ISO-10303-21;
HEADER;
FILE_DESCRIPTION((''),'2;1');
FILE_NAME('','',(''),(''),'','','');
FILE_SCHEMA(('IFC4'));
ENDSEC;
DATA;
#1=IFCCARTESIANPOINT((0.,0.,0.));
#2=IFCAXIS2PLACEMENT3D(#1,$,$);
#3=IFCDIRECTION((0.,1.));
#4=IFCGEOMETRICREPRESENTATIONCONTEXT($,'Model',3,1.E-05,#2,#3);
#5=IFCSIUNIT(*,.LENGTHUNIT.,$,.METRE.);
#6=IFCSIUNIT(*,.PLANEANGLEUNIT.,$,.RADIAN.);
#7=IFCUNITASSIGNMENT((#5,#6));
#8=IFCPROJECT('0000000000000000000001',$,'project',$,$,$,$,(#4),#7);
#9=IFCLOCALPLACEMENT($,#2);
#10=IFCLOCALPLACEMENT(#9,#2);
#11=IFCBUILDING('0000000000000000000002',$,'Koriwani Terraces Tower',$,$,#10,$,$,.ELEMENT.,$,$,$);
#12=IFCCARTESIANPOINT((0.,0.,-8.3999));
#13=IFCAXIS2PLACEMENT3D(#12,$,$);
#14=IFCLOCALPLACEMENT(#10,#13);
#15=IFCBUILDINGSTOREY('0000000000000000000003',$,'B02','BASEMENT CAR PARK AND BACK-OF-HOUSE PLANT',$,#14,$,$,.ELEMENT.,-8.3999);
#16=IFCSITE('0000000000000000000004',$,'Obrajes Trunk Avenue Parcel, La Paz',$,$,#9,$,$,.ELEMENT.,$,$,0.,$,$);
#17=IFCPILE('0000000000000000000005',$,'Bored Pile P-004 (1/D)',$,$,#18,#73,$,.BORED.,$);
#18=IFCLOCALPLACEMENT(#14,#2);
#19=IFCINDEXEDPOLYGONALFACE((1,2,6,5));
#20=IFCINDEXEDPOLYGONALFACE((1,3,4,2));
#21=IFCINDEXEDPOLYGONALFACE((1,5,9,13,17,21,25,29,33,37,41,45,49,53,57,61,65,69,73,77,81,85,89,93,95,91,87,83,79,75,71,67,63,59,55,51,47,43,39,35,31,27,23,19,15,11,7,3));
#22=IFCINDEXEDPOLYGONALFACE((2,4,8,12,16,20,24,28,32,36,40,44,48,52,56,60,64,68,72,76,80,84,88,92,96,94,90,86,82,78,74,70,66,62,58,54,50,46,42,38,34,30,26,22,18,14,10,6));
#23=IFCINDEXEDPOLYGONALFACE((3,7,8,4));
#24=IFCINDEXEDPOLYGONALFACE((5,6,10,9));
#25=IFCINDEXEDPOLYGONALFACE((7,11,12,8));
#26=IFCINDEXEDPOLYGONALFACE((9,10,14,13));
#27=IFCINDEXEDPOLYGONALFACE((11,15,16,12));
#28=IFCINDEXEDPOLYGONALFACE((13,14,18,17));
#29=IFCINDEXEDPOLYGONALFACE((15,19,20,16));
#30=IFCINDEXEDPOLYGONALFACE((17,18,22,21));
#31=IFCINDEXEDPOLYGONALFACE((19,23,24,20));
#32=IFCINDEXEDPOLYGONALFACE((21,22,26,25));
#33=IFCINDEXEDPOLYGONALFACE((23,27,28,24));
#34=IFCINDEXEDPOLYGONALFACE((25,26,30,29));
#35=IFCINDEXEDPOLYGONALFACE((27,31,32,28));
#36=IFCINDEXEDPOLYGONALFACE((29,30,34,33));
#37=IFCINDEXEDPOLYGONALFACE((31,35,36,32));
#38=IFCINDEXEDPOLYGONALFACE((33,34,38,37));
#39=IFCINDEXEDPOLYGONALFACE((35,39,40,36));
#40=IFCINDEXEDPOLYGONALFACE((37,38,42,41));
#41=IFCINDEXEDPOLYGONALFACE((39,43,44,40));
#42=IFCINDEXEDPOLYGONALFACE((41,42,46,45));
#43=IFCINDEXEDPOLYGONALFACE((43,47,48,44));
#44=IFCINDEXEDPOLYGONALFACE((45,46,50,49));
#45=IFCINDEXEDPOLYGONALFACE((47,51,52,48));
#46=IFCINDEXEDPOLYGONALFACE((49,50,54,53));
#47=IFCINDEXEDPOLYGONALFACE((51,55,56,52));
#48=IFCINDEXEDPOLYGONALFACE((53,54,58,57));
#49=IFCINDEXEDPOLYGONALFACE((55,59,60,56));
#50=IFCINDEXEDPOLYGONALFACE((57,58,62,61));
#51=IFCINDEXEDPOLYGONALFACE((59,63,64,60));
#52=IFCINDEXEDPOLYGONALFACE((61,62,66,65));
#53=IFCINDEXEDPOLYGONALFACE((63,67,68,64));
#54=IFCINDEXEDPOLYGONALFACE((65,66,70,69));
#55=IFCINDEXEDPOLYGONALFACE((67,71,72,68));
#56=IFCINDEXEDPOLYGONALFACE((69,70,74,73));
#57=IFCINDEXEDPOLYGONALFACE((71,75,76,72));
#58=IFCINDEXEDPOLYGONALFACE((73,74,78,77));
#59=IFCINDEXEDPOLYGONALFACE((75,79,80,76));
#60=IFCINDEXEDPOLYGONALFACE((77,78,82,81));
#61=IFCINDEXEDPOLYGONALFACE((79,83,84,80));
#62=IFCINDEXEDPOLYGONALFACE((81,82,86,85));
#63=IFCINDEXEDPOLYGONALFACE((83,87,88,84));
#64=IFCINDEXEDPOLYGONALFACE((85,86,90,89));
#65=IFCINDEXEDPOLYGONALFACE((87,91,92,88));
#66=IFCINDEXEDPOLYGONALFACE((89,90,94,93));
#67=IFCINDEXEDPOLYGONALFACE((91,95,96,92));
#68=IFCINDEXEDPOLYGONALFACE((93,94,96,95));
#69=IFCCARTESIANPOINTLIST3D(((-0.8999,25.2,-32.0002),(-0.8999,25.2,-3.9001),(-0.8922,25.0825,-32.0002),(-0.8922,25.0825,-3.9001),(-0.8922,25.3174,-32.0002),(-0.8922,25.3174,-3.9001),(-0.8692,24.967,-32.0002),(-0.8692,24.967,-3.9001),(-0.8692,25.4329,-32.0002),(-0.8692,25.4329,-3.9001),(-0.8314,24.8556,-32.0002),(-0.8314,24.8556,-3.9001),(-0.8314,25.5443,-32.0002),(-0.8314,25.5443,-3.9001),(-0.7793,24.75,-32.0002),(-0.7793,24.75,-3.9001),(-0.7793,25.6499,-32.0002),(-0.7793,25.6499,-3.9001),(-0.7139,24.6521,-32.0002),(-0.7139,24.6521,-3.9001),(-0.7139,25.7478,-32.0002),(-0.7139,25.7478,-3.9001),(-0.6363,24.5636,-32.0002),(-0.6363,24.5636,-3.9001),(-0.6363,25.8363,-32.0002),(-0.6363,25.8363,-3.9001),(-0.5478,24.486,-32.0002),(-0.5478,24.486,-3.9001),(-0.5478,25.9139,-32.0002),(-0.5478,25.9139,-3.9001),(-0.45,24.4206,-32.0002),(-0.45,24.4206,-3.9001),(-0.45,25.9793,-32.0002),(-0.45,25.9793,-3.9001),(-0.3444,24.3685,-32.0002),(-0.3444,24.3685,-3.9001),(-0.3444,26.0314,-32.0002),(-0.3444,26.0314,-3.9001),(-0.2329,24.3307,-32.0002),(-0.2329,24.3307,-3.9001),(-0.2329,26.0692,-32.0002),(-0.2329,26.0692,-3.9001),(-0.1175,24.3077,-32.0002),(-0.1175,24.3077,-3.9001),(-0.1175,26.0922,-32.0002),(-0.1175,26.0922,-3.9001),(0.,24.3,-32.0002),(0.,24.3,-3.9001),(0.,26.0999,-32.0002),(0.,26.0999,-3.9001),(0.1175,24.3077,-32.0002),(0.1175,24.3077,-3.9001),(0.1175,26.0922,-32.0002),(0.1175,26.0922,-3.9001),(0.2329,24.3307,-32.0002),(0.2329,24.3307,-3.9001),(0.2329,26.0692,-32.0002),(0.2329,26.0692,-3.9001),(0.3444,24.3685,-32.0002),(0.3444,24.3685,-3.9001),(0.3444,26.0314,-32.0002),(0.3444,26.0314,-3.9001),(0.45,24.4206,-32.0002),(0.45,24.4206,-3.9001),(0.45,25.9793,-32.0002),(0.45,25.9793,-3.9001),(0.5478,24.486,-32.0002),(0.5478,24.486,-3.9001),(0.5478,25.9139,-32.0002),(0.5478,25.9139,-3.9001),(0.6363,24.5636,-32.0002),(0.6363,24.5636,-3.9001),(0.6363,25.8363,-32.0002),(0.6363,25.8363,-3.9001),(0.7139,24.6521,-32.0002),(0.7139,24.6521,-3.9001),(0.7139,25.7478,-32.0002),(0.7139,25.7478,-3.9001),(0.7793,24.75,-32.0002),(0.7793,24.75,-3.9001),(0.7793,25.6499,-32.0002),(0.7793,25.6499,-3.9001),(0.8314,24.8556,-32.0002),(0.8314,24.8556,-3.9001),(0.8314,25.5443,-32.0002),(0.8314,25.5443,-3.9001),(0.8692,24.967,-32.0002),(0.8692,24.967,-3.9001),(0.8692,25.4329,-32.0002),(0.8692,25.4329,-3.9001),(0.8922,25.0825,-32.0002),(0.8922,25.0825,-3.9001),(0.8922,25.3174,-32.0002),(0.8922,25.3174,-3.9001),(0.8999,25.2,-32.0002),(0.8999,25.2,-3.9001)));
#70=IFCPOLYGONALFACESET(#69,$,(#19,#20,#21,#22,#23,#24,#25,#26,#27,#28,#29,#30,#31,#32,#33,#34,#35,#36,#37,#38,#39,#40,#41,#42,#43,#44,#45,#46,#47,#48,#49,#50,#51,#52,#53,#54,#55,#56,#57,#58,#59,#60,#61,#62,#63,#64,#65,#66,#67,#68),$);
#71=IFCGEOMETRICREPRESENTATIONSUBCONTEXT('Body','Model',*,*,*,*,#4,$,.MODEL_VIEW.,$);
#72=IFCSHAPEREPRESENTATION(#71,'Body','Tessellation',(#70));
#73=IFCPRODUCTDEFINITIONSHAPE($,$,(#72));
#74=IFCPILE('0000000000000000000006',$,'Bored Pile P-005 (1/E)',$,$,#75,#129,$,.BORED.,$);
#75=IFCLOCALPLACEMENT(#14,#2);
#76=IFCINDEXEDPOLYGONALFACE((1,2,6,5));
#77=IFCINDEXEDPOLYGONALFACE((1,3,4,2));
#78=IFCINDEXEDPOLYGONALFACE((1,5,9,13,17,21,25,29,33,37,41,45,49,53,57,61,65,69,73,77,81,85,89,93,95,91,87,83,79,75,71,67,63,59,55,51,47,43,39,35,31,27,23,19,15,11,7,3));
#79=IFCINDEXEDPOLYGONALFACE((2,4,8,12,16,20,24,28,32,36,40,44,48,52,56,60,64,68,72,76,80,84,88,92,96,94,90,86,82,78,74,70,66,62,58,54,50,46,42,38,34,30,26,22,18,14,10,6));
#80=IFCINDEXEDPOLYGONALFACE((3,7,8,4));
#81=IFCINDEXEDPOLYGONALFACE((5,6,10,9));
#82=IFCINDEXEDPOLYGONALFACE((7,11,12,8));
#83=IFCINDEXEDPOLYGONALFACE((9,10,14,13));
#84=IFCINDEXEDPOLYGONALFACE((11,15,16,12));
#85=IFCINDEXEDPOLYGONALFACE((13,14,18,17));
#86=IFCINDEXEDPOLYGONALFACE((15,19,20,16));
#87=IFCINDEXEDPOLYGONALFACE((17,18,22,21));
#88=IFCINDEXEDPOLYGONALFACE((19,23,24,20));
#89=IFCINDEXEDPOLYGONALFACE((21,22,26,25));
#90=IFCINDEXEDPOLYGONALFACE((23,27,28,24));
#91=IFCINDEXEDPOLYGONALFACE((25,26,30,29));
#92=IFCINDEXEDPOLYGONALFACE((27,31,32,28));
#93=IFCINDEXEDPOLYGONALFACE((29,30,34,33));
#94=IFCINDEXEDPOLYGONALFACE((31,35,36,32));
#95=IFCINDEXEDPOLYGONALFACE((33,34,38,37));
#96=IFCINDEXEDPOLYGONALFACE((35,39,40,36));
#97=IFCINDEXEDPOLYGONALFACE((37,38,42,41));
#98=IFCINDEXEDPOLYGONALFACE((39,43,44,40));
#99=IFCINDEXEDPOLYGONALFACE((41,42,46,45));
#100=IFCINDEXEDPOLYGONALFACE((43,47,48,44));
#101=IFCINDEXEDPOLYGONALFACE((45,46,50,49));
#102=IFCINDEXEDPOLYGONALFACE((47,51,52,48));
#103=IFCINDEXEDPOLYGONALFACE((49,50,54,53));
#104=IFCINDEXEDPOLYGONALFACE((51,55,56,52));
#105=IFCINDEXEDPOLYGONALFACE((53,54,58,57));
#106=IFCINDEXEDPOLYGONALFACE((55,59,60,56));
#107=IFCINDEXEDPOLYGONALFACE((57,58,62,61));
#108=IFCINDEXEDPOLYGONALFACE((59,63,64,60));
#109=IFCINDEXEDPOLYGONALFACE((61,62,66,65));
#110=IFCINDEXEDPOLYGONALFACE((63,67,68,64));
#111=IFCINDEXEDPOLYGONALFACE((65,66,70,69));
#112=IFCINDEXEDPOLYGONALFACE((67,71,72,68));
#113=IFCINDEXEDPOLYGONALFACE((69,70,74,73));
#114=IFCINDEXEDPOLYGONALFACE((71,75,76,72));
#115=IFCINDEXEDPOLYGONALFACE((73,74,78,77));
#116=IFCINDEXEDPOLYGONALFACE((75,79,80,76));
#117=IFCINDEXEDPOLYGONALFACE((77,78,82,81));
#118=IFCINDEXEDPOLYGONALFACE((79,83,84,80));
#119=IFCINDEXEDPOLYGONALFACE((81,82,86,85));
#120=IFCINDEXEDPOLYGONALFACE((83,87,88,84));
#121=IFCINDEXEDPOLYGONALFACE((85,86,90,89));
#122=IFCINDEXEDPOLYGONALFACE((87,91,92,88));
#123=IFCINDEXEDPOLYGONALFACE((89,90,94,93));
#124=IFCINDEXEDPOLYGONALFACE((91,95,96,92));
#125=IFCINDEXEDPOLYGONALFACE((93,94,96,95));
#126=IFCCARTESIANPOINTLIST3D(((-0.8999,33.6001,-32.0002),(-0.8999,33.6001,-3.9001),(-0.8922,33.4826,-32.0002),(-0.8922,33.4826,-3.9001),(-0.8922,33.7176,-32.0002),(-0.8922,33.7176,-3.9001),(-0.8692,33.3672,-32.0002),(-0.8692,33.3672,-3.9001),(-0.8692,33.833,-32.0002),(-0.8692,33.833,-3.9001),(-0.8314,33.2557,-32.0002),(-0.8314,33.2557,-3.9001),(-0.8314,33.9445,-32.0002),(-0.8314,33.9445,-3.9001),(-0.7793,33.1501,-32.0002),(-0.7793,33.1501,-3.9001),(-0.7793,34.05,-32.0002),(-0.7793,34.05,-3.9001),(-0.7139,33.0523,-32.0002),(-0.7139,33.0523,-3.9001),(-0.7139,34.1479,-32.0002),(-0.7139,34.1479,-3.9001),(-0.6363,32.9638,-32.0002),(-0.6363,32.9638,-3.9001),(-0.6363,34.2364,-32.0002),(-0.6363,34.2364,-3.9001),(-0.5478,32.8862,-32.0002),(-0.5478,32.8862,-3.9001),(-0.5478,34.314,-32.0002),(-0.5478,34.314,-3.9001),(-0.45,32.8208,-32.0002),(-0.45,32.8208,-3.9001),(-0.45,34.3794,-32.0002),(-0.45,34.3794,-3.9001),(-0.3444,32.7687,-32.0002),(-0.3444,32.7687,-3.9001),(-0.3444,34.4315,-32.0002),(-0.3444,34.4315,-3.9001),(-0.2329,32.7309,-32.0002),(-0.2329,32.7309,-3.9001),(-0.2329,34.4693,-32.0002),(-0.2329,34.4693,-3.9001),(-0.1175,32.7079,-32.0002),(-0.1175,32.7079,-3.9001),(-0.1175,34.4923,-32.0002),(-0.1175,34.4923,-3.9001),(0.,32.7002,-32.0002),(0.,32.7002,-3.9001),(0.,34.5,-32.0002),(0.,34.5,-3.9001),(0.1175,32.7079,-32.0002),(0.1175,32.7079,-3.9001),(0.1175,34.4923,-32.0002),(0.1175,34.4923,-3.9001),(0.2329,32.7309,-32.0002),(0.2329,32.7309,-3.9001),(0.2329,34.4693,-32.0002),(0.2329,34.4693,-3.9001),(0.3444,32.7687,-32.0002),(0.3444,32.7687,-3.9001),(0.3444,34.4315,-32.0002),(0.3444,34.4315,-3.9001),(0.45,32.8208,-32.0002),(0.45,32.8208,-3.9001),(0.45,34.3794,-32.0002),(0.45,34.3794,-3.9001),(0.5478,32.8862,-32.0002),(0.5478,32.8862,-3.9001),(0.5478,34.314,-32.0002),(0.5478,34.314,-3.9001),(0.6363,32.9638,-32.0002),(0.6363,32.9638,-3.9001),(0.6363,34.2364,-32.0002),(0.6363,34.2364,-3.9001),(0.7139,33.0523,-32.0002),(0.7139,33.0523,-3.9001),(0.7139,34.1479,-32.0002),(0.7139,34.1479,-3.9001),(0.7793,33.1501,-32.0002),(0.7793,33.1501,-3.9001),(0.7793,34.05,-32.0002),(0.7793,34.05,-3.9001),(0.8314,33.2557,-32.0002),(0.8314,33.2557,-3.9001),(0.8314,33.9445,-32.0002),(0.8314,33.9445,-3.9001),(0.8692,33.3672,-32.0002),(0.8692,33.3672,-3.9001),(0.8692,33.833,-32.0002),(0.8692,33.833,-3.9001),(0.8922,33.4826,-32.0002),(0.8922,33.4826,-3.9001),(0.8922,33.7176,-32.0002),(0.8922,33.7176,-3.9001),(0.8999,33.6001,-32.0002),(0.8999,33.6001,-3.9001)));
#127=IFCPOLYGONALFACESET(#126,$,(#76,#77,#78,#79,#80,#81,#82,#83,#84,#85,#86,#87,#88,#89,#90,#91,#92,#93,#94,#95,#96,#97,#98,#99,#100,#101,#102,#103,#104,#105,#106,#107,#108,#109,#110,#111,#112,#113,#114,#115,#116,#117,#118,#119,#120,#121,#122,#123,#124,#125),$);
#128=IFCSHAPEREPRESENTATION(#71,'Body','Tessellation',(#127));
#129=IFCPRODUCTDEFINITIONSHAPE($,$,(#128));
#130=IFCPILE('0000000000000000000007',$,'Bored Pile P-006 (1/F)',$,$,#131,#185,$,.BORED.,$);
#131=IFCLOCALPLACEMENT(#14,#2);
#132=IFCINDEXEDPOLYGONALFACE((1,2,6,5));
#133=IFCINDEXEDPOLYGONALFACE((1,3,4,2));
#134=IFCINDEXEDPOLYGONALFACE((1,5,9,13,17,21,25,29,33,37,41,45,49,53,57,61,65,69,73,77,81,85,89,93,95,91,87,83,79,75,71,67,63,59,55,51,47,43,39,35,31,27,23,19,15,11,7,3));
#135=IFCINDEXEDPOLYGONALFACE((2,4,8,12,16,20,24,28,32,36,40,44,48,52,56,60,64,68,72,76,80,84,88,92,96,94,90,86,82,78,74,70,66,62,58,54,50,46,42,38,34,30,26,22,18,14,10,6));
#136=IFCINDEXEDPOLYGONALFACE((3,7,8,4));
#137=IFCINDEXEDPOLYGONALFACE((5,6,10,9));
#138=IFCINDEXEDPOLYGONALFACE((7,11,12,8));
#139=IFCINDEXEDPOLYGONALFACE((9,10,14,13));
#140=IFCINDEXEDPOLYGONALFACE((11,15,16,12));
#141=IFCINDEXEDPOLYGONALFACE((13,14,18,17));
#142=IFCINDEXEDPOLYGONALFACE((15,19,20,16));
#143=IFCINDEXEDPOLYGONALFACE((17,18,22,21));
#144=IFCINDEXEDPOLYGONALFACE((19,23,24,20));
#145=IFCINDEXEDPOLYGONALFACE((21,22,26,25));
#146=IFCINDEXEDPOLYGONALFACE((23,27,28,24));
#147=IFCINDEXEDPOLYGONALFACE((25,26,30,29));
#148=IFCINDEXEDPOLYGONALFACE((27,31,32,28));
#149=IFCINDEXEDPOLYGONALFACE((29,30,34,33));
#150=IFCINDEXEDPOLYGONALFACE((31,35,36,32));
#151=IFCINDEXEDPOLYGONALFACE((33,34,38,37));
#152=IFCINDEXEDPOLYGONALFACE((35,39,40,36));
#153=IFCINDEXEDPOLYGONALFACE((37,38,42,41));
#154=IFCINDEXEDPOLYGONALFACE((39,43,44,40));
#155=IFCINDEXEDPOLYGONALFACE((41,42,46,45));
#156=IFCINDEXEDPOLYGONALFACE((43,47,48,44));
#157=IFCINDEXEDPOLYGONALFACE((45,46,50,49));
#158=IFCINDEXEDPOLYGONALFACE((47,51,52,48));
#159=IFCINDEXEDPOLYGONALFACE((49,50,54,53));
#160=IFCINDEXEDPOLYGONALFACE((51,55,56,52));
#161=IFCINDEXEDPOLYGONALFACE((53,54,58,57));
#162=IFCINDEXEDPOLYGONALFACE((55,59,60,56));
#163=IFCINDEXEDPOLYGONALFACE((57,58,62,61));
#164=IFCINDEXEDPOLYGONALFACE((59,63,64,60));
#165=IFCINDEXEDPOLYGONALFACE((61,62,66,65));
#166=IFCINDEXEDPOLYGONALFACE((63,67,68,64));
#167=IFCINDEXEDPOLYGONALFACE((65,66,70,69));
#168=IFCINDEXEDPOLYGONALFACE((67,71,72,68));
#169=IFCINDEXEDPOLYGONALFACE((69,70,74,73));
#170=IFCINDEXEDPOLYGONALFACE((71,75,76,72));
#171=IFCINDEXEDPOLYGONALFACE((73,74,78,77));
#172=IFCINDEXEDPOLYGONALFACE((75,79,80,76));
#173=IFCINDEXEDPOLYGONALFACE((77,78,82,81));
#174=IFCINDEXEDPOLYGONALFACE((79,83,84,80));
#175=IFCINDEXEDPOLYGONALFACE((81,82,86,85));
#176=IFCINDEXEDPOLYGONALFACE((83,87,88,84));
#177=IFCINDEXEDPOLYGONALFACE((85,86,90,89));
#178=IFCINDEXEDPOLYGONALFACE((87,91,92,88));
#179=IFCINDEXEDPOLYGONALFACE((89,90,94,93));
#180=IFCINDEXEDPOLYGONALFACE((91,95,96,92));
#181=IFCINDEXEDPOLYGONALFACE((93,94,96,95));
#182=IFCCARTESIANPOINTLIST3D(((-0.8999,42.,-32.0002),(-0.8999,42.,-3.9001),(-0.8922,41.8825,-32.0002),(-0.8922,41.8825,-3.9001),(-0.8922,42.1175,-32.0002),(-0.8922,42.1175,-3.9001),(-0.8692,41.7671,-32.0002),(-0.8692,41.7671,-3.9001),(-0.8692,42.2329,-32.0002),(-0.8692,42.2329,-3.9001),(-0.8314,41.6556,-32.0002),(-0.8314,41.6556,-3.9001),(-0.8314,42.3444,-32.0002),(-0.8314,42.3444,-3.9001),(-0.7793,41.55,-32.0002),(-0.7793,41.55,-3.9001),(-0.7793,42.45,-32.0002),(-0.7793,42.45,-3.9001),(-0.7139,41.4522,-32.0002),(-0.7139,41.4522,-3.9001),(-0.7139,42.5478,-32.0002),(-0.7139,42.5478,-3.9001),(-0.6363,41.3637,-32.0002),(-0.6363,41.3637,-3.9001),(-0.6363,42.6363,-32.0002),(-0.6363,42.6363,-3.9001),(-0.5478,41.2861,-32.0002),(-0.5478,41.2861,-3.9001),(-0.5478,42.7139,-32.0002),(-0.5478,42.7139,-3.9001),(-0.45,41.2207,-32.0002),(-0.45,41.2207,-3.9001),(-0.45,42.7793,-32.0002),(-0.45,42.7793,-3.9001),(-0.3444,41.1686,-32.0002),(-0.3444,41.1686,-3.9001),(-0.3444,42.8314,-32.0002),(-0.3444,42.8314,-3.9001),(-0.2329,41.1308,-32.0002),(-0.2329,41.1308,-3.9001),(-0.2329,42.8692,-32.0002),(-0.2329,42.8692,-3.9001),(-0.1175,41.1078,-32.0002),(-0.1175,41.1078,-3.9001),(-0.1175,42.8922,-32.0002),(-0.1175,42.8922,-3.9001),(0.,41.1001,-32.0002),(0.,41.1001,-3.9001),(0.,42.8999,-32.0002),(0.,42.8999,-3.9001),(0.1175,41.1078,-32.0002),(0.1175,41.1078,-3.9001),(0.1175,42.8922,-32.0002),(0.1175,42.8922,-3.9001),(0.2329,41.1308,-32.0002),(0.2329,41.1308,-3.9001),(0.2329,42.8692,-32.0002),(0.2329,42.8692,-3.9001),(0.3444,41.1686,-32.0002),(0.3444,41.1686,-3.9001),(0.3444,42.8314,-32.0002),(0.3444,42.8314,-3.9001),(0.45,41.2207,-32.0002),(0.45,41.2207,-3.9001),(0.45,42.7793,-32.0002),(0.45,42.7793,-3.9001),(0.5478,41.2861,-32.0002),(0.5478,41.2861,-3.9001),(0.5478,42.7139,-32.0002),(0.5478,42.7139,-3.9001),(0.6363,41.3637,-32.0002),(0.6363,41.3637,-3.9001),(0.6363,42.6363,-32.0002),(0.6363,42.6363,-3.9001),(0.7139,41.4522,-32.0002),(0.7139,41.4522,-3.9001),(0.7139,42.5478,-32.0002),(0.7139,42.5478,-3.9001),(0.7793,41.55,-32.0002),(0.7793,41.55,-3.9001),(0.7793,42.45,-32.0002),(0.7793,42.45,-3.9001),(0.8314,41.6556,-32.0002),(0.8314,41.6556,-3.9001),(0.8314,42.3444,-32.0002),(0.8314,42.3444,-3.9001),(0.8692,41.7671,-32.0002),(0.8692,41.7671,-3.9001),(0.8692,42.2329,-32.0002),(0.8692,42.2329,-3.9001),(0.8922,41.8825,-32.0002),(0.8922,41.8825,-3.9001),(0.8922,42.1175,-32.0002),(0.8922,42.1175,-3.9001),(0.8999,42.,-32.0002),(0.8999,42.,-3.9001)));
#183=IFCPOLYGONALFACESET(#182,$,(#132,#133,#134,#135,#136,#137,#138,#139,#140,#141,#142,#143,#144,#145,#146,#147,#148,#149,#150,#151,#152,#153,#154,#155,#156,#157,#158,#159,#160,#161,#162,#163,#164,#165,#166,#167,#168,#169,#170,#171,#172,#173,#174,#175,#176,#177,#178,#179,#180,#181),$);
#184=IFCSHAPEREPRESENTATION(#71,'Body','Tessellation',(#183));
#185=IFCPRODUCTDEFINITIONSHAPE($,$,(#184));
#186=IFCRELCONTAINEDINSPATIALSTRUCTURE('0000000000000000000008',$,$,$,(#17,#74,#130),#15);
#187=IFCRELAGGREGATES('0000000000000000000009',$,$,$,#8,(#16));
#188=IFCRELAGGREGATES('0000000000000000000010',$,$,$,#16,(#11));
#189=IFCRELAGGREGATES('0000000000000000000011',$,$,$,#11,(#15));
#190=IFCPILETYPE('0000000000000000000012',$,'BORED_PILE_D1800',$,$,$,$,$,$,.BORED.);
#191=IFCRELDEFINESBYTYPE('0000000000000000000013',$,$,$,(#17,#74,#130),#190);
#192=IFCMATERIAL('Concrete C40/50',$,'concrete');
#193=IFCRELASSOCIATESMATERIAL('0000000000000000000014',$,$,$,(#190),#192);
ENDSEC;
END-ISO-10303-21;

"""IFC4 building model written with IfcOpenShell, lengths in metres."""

from ifc_helpers import new_model, si_unit, direction, frame, origin, origin_2d, place, context, subcontext, project, spatial, circle, extrude, material, material_profile, profile_set, type_object, element, save


model = new_model("IFC4")

# Units and contexts
model_context = context("Model", 3, precision=1e-05, world=origin(), true_north=direction((0.0, 1.0)))
body_context = subcontext(model_context, "Body", "Model", "MODEL_VIEW")
ifc_project = project(units=[si_unit("LENGTHUNIT", "METRE"), si_unit("PLANEANGLEUNIT", "RADIAN")], contexts=[model_context])

# Site, building, storey
site_placement = place(None, origin())
site = spatial("IfcSite", under=ifc_project, at=site_placement, Name="Obrajes Trunk Avenue Parcel, La Paz", CompositionType="ELEMENT", RefElevation=0.0)
building_placement = place(site_placement, origin())
building = spatial("IfcBuilding", under=site, at=building_placement, Name="Koriwani Terraces Tower", CompositionType="ELEMENT")
storey_placement = place(building_placement, frame((0.0, 0.0, -8.3999)))
storey = spatial("IfcBuildingStorey", under=building, at=storey_placement, Name="B02", Description="BASEMENT CAR PARK AND BACK-OF-HOUSE PLANT", CompositionType="ELEMENT", Elevation=-8.3999)

# Piles
ifc_material_1 = material(Name="Concrete C40/50", Category="concrete")
ifc_material_profile_1 = material_profile(ifc_material_1, circle(Radius=0.8999, at=origin_2d()), Name="Concrete C40/50")
ifc_profile_set_1 = profile_set([ifc_material_profile_1], Name="Concrete C40/50")
pile_type = type_object("IfcPileType", Name="BORED_PILE_D1800", PredefinedType="BORED", material=ifc_profile_set_1)
for number, where, z_axis, x_axis, name in (
    (1, (0.0, 25.2, -3.9001), (0.0, 0.0, -1.0), (1.0, 0.0, 0.0), "Bored Pile P-004 (1/D)"),
    (2, (0.0, 33.6001, -3.9001), (0.0, 0.0, -1.0), (1.0, 0.0, 0.0), "Bored Pile P-005 (1/E)"),
    (3, (0.0, 42.0, -3.9001), (0.0, 0.0, -1.0), (1.0, 0.0, 0.0), "Bored Pile P-006 (1/F)"),
):
    element("IfcPile", number, at=place(storey_placement, frame(where, z_axis=z_axis, x_axis=x_axis)), inside=storey, type_object=pile_type, Name=name, PredefinedType="BORED", context=body_context, shape_type="SweptSolid", body=[
        extrude(circle(Radius=0.8999, at=origin_2d()), origin(), (0.0, 0.0, 1.0), 28.1001),
    ])

save(model, "model.ifc")
